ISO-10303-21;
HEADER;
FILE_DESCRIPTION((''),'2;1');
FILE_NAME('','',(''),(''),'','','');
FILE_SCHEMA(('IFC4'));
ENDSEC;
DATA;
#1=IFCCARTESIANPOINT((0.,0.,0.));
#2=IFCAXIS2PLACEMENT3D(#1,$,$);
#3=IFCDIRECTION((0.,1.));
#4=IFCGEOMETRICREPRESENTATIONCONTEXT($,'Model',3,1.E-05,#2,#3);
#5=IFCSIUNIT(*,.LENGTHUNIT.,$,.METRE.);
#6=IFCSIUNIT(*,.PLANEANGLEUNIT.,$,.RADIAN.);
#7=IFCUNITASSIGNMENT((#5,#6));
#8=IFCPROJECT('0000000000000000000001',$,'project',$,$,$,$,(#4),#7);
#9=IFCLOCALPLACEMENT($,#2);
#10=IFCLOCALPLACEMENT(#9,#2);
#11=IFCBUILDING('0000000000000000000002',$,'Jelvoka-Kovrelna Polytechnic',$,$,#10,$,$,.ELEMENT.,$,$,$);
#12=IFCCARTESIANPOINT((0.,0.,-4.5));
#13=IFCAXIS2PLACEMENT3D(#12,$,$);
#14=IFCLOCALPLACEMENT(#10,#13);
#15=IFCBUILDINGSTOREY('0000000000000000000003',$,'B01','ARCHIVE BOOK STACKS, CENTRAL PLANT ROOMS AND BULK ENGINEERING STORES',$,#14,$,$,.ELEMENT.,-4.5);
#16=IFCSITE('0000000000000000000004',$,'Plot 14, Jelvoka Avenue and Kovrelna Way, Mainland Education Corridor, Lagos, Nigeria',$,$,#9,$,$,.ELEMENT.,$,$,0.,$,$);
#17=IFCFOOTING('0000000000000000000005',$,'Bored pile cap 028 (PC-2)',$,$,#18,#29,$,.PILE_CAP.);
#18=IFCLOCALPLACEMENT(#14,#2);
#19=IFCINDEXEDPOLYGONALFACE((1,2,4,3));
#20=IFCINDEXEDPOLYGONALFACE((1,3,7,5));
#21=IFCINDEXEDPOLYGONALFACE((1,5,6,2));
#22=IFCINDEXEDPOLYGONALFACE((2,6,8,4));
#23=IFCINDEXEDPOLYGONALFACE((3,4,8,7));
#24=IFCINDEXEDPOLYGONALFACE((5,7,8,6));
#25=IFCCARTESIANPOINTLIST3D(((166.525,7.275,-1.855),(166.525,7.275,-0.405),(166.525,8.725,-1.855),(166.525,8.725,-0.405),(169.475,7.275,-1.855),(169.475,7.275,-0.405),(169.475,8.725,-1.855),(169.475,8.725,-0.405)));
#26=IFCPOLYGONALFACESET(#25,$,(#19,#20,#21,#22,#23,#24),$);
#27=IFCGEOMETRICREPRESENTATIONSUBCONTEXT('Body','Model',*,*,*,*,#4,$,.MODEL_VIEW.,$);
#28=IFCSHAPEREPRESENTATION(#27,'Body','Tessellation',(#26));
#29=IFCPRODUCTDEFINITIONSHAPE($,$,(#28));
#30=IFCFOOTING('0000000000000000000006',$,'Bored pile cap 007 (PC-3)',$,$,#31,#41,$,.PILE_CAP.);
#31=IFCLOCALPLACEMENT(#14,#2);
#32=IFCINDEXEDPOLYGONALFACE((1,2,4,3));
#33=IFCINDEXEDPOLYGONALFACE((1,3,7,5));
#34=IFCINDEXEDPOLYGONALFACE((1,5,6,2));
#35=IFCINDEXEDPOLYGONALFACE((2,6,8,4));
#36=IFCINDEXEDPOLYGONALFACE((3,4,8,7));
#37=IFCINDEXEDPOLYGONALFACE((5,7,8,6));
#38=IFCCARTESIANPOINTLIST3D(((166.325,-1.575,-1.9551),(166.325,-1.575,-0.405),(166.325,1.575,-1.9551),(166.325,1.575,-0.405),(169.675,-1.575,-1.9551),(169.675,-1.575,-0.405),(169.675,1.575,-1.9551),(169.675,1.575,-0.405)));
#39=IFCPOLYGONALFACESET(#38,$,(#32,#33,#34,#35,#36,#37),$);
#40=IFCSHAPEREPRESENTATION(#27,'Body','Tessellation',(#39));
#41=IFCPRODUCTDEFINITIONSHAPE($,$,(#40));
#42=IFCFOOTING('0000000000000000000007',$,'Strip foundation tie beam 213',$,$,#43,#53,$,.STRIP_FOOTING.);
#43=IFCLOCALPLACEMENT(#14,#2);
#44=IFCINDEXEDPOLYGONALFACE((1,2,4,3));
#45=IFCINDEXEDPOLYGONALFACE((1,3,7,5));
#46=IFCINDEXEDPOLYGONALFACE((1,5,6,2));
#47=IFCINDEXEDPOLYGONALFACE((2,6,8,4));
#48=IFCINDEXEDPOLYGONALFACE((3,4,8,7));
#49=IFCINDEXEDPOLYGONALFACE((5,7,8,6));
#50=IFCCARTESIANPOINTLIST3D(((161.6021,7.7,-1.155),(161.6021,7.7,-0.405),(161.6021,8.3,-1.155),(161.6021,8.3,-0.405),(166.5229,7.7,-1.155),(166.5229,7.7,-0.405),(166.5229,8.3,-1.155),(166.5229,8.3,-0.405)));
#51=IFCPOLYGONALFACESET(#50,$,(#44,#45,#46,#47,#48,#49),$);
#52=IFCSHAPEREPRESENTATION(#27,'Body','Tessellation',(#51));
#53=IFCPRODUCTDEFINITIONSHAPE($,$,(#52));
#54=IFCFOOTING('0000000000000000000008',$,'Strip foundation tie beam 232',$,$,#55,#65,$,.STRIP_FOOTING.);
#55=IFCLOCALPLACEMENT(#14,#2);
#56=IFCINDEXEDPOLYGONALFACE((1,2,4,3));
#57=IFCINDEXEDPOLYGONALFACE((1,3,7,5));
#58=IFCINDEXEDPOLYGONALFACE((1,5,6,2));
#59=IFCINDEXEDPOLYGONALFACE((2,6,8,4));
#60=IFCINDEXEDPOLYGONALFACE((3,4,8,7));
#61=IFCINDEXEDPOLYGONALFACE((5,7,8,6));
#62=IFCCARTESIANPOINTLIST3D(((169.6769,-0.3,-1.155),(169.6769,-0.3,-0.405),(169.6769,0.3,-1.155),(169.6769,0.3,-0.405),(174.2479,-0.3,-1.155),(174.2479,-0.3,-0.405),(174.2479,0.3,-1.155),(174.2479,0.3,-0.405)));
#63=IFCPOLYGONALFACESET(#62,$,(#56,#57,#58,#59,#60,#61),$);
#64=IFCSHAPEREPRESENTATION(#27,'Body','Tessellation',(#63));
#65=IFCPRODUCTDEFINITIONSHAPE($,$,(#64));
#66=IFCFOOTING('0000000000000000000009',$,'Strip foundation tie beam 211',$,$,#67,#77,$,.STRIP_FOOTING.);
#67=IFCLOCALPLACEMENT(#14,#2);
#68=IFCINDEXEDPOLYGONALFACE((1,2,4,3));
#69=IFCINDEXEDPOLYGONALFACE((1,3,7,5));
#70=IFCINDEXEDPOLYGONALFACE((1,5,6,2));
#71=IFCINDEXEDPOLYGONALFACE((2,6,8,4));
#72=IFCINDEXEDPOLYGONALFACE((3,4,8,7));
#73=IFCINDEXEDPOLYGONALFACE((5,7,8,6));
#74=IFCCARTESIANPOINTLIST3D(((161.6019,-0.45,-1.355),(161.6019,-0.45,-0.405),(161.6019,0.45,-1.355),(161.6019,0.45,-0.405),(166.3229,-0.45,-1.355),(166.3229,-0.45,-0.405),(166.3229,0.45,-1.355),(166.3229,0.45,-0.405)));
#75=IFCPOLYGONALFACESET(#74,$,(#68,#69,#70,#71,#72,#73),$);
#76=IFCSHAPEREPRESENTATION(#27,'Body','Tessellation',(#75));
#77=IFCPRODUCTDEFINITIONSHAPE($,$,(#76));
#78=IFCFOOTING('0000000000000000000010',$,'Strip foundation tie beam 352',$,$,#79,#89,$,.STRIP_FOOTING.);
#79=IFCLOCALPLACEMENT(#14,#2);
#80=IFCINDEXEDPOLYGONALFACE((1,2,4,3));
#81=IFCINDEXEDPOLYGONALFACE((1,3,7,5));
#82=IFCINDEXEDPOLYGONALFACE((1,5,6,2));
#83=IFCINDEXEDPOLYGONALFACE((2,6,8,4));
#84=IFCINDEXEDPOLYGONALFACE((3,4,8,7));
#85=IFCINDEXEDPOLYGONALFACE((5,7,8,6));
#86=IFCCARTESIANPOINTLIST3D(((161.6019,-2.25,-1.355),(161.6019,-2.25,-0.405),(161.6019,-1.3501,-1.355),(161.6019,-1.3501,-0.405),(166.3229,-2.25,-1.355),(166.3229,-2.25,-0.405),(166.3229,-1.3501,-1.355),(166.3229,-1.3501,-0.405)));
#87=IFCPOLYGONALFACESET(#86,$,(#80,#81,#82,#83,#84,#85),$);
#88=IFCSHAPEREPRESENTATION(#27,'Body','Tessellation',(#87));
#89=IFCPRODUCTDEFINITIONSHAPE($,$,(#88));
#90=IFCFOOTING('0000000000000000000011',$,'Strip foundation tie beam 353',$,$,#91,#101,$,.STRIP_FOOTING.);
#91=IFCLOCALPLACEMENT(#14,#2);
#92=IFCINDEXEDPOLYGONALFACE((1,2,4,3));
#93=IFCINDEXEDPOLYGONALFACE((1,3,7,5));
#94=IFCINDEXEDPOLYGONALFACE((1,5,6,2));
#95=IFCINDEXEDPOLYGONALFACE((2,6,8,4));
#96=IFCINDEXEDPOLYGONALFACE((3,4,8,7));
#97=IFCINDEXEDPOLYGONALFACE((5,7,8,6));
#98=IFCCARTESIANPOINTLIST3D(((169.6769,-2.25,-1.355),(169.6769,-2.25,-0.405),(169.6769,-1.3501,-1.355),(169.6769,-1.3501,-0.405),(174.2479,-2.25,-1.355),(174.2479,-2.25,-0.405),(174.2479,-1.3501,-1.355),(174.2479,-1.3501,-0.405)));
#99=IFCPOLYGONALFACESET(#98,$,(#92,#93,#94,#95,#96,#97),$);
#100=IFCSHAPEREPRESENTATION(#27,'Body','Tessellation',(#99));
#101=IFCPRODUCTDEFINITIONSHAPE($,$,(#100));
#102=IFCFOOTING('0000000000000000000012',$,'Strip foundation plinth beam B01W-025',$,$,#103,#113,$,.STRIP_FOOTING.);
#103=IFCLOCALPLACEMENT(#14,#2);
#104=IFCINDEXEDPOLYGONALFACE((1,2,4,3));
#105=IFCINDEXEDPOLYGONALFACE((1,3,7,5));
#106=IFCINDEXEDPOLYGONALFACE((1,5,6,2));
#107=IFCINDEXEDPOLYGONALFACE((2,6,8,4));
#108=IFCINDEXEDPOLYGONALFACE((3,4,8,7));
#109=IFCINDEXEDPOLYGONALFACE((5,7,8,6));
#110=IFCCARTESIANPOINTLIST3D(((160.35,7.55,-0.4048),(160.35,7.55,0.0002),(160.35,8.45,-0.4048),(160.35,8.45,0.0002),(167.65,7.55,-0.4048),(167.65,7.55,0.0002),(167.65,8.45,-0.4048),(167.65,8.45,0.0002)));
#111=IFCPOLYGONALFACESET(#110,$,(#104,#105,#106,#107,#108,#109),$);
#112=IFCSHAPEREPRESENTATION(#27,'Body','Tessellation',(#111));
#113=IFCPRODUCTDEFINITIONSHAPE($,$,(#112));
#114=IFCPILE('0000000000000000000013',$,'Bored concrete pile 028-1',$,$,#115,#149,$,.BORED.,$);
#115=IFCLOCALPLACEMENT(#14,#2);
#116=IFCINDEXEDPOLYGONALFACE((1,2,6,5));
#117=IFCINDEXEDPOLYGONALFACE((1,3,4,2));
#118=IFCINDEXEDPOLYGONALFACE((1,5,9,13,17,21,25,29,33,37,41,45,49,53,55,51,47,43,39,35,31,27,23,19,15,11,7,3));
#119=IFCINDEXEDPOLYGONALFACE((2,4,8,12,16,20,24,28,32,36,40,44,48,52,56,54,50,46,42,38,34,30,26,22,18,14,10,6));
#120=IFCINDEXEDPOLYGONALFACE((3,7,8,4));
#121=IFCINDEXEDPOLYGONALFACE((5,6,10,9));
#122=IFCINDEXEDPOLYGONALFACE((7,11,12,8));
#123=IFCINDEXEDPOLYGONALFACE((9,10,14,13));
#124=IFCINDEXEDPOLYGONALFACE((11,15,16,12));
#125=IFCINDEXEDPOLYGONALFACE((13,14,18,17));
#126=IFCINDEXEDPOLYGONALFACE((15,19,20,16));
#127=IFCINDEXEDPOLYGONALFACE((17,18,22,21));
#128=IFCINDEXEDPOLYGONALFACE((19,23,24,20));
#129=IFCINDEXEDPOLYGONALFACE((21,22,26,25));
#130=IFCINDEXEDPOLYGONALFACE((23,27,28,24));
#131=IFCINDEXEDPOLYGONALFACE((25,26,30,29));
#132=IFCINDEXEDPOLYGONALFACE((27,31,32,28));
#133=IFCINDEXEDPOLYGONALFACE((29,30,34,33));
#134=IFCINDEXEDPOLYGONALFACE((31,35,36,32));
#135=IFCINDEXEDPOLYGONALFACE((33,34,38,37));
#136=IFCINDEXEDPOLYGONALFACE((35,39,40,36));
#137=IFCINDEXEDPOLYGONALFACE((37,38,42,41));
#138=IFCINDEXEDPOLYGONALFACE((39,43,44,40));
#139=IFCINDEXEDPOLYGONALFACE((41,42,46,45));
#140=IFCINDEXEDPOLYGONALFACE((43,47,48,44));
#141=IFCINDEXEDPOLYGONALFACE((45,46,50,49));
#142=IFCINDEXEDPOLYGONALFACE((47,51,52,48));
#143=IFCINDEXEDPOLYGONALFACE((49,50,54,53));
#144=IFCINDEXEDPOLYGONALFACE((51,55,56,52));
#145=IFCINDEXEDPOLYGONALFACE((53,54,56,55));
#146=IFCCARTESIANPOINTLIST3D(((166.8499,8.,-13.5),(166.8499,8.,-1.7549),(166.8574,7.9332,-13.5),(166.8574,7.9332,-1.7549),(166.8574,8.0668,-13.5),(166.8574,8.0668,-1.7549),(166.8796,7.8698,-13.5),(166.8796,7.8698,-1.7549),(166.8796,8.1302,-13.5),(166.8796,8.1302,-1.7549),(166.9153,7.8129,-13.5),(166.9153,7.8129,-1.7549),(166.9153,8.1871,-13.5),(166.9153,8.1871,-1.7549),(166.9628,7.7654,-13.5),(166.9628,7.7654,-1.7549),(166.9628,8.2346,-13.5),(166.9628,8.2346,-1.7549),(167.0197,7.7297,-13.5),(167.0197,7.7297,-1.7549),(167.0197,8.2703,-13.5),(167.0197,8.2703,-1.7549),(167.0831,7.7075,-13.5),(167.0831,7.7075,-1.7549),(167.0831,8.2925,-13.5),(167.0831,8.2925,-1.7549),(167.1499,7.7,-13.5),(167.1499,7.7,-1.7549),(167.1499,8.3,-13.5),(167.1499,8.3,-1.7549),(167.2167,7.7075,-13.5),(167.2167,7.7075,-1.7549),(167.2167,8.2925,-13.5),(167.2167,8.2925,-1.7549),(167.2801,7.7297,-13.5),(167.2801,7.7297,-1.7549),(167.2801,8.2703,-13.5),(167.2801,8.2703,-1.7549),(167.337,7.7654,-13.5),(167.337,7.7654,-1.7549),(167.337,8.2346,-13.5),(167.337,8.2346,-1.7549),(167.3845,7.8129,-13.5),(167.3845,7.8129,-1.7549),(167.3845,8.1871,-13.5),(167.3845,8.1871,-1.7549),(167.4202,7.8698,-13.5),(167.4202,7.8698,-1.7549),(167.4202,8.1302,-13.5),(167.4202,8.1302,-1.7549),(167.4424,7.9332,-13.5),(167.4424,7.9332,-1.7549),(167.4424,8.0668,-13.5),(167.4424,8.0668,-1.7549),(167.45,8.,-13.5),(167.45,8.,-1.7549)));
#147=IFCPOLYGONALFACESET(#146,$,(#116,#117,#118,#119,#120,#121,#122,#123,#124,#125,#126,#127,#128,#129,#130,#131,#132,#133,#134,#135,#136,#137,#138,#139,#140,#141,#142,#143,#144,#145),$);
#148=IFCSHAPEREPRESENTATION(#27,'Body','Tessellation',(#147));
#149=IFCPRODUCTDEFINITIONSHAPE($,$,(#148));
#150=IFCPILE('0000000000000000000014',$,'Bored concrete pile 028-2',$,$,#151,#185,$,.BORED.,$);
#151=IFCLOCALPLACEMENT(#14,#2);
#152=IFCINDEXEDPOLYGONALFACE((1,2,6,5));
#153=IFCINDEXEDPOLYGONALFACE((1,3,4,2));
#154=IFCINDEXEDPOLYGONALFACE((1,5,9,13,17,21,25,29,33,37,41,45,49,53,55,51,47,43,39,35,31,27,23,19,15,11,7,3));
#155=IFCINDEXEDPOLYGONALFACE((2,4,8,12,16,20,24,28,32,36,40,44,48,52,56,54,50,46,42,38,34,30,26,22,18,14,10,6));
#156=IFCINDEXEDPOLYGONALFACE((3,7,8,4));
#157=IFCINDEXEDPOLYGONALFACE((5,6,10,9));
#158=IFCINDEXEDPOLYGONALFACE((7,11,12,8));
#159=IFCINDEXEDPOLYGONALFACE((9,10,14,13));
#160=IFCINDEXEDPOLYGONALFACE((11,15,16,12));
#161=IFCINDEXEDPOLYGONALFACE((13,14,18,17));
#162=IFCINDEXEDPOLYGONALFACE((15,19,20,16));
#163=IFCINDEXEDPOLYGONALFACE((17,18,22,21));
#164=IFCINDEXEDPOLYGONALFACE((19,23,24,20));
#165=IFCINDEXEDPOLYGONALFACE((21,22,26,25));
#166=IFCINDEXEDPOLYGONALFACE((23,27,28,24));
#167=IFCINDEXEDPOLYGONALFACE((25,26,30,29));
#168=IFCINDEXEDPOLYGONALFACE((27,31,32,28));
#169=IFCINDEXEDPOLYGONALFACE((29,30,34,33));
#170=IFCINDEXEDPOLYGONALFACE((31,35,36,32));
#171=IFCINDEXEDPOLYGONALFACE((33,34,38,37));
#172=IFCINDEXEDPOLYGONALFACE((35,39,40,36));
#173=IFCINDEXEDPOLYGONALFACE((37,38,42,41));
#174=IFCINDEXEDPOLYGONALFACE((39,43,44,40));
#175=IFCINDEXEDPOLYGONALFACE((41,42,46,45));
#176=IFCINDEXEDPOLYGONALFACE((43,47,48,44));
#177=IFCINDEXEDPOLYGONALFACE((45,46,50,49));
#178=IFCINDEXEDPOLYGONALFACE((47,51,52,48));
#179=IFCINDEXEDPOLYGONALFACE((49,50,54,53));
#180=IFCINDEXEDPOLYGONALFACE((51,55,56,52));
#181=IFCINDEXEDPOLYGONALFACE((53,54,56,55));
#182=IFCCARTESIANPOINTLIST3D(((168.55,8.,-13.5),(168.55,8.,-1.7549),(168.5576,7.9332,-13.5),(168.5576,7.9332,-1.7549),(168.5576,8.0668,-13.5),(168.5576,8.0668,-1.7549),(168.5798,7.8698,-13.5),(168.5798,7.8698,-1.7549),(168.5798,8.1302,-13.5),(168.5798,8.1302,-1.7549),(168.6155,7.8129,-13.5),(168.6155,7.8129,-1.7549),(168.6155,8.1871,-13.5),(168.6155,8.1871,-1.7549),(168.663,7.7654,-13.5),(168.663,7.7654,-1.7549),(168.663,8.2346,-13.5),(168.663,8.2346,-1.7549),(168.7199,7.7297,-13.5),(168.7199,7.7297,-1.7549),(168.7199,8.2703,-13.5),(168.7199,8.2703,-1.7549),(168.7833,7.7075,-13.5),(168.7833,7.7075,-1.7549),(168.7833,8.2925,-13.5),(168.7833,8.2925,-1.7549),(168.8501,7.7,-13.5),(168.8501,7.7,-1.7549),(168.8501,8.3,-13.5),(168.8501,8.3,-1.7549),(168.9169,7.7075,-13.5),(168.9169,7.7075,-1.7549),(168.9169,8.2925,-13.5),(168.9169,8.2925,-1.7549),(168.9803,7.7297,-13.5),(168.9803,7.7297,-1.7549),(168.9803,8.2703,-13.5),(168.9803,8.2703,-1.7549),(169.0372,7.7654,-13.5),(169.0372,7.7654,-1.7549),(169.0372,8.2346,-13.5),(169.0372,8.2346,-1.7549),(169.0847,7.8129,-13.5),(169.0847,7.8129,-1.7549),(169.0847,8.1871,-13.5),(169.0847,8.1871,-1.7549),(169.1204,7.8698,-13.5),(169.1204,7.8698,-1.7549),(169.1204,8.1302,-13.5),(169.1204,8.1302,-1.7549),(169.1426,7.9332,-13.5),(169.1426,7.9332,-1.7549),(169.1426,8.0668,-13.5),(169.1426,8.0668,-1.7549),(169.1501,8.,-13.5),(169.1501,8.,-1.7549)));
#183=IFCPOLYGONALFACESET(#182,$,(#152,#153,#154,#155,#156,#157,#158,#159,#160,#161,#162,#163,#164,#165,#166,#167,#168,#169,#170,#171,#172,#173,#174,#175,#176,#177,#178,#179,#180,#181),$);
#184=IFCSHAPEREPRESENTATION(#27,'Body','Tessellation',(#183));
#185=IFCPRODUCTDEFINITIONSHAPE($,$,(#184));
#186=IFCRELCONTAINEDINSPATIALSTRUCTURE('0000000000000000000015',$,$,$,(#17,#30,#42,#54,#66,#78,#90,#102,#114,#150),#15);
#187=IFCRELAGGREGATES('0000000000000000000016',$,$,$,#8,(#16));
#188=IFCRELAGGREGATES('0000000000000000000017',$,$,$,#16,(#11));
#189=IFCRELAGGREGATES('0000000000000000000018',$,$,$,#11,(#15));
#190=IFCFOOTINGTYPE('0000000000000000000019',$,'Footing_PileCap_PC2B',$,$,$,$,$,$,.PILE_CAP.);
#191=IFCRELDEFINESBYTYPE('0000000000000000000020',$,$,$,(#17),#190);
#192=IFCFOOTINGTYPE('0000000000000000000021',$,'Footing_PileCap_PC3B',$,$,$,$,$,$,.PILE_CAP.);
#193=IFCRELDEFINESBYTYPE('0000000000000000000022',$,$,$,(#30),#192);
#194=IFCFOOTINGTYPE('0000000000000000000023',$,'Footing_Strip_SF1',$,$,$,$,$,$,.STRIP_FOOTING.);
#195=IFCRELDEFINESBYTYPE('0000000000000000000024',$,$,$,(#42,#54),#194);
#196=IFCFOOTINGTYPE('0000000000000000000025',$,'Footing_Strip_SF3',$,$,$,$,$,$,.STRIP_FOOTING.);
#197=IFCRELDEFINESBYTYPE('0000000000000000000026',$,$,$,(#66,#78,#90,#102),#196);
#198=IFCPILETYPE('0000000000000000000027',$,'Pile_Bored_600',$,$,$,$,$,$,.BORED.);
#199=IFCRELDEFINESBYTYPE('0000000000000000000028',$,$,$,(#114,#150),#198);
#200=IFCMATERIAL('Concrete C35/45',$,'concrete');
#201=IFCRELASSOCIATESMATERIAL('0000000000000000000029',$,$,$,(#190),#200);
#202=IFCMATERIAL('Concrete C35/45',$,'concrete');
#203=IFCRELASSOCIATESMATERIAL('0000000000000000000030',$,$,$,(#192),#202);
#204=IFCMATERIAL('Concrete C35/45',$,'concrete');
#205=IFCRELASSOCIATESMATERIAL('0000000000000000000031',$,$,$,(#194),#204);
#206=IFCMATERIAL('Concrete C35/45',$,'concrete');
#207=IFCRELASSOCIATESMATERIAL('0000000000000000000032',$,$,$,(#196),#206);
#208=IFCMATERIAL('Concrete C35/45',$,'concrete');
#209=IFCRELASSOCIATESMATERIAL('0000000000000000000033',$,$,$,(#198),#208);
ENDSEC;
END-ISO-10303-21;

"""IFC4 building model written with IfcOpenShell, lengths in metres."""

from ifc_helpers import new_model, si_unit, direction, frame, origin, origin_2d, place, context, subcontext, project, spatial, rectangle, circle, extrude, material, material_profile, profile_set, type_object, element, save


model = new_model("IFC4")

# Units and contexts
model_context = context("Model", 3, precision=1e-05, world=origin(), true_north=direction((0.0, 1.0)))
body_context = subcontext(model_context, "Body", "Model", "MODEL_VIEW")
ifc_project = project(units=[si_unit("LENGTHUNIT", "METRE"), si_unit("PLANEANGLEUNIT", "RADIAN")], contexts=[model_context])

# Site, building, storey
site_placement = place(None, origin())
site = spatial("IfcSite", under=ifc_project, at=site_placement, Name="Plot 14, Jelvoka Avenue and Kovrelna Way, Mainland Education Corridor, Lagos, Nigeria", CompositionType="ELEMENT", RefElevation=0.0)
building_placement = place(site_placement, origin())
building = spatial("IfcBuilding", under=site, at=building_placement, Name="Jelvoka-Kovrelna Polytechnic", CompositionType="ELEMENT")
storey_placement = place(building_placement, frame((0.0, 0.0, -4.5)))
storey = spatial("IfcBuildingStorey", under=building, at=storey_placement, Name="B01", Description="ARCHIVE BOOK STACKS, CENTRAL PLANT ROOMS AND BULK ENGINEERING STORES", CompositionType="ELEMENT", Elevation=-4.5)

# Footings
ifc_material_1 = material(Name="Concrete C35/45", Category="concrete")
footing_type_1 = type_object("IfcFootingType", Name="Footing_PileCap_PC2B", PredefinedType="PILE_CAP", material=ifc_material_1)
footing_1_placement = place(storey_placement, frame((168.0, 8.0, -1.855), z_axis=(0.0, 0.0, 1.0), x_axis=(1.0, 0.0, 0.0)))
element("IfcFooting", 1, at=footing_1_placement, inside=storey, type_object=footing_type_1, Name="Bored pile cap 028 (PC-2)", PredefinedType="PILE_CAP", context=body_context, shape_type="SweptSolid", body=[
    extrude(rectangle(XDim=2.95, YDim=1.45, at=origin_2d()), origin(), (0.0, 0.0, 1.0), 1.45),
])
ifc_material_2 = material(Name="Concrete C35/45", Category="concrete")
footing_type_2 = type_object("IfcFootingType", Name="Footing_PileCap_PC3B", PredefinedType="PILE_CAP", material=ifc_material_2)
footing_2_placement = place(storey_placement, frame((168.0, 0.0, -1.9551), z_axis=(0.0, 0.0, 1.0), x_axis=(1.0, 0.0, 0.0)))
element("IfcFooting", 2, at=footing_2_placement, inside=storey, type_object=footing_type_2, Name="Bored pile cap 007 (PC-3)", PredefinedType="PILE_CAP", context=body_context, shape_type="SweptSolid", body=[
    extrude(rectangle(XDim=3.3501, YDim=3.1499, at=origin_2d()), origin(), (0.0, 0.0, 1.0), 1.55),
])
ifc_material_3 = material(Name="Concrete C35/45", Category="concrete")
footing_type_3 = type_object("IfcFootingType", Name="Footing_Strip_SF1", PredefinedType="STRIP_FOOTING", material=ifc_material_3)
footing_3_placement = place(storey_placement, frame((164.0625, 8.0, -1.155), z_axis=(0.0, 0.0, 1.0), x_axis=(1.0, 0.0, 0.0)))
element("IfcFooting", 3, at=footing_3_placement, inside=storey, type_object=footing_type_3, Name="Strip foundation tie beam 213", PredefinedType="STRIP_FOOTING", context=body_context, shape_type="SweptSolid", body=[
    extrude(rectangle(XDim=4.9209, YDim=0.6001, at=origin_2d()), origin(), (0.0, 0.0, 1.0), 0.75),
])
footing_4_placement = place(storey_placement, frame((171.9624, 0.0, -1.155), z_axis=(0.0, 0.0, 1.0), x_axis=(1.0, 0.0, 0.0)))
element("IfcFooting", 4, at=footing_4_placement, inside=storey, type_object=footing_type_3, Name="Strip foundation tie beam 232", PredefinedType="STRIP_FOOTING", context=body_context, shape_type="SweptSolid", body=[
    extrude(rectangle(XDim=4.571, YDim=0.6001, at=origin_2d()), origin(), (0.0, 0.0, 1.0), 0.75),
])
ifc_material_4 = material(Name="Concrete C35/45", Category="concrete")
footing_type_4 = type_object("IfcFootingType", Name="Footing_Strip_SF3", PredefinedType="STRIP_FOOTING", material=ifc_material_4)
for number, where, z_axis, x_axis, name in (
    (5, (163.9624, 0.0, -1.355), (0.0, 0.0, 1.0), (1.0, 0.0, 0.0), "Strip foundation tie beam 211"),
    (6, (163.9624, -1.8, -1.355), (0.0, 0.0, 1.0), (1.0, 0.0, 0.0), "Strip foundation tie beam 352"),
):
    element("IfcFooting", number, at=place(storey_placement, frame(where, z_axis=z_axis, x_axis=x_axis)), inside=storey, type_object=footing_type_4, Name=name, PredefinedType="STRIP_FOOTING", context=body_context, shape_type="SweptSolid", body=[
        extrude(rectangle(XDim=4.7209, YDim=0.8999, at=origin_2d()), origin(), (0.0, 0.0, 1.0), 0.95),
    ])
footing_5_placement = place(storey_placement, frame((171.9624, -1.8, -1.355), z_axis=(0.0, 0.0, 1.0), x_axis=(1.0, 0.0, 0.0)))
element("IfcFooting", 7, at=footing_5_placement, inside=storey, type_object=footing_type_4, Name="Strip foundation tie beam 353", PredefinedType="STRIP_FOOTING", context=body_context, shape_type="SweptSolid", body=[
    extrude(rectangle(XDim=4.571, YDim=0.8999, at=origin_2d()), origin(), (0.0, 0.0, 1.0), 0.95),
])
footing_6_placement = place(storey_placement, frame((164.0, 8.0, -0.4048), z_axis=(0.0, 0.0, 1.0), x_axis=(1.0, 0.0, 0.0)))
element("IfcFooting", 8, at=footing_6_placement, inside=storey, type_object=footing_type_4, Name="Strip foundation plinth beam B01W-025", PredefinedType="STRIP_FOOTING", context=body_context, shape_type="SweptSolid", body=[
    extrude(rectangle(XDim=7.3, YDim=0.8999, at=origin_2d()), origin(), (0.0, 0.0, 1.0), 0.405),
])

# Piles
ifc_material_5 = material(Name="Concrete C35/45", Category="concrete")
ifc_material_profile_1 = material_profile(ifc_material_5, circle(Radius=0.3, at=origin_2d()), Name="PILE D600")
ifc_profile_set_1 = profile_set([ifc_material_profile_1], Name="Concrete C35/45")
pile_type_1 = type_object("IfcPileType", Name="Pile_Bored_600", PredefinedType="BORED", material=ifc_profile_set_1)
for number, where, z_axis, x_axis, name in (
    (9, (167.1499, 8.0, -1.7549), (0.0, 0.0, -1.0), (1.0, 0.0, 0.0), "Bored concrete pile 028-1"),
    (10, (168.8501, 8.0, -1.7549), (0.0, 0.0, -1.0), (1.0, 0.0, 0.0), "Bored concrete pile 028-2"),
):
    element("IfcPile", number, at=place(storey_placement, frame(where, z_axis=z_axis, x_axis=x_axis)), inside=storey, type_object=pile_type_1, Name=name, PredefinedType="BORED", context=body_context, shape_type="SweptSolid", body=[
        extrude(circle(Radius=0.3, at=origin_2d()), origin(), (0.0, 0.0, 1.0), 11.7451),
    ])

save(model, "model.ifc")
